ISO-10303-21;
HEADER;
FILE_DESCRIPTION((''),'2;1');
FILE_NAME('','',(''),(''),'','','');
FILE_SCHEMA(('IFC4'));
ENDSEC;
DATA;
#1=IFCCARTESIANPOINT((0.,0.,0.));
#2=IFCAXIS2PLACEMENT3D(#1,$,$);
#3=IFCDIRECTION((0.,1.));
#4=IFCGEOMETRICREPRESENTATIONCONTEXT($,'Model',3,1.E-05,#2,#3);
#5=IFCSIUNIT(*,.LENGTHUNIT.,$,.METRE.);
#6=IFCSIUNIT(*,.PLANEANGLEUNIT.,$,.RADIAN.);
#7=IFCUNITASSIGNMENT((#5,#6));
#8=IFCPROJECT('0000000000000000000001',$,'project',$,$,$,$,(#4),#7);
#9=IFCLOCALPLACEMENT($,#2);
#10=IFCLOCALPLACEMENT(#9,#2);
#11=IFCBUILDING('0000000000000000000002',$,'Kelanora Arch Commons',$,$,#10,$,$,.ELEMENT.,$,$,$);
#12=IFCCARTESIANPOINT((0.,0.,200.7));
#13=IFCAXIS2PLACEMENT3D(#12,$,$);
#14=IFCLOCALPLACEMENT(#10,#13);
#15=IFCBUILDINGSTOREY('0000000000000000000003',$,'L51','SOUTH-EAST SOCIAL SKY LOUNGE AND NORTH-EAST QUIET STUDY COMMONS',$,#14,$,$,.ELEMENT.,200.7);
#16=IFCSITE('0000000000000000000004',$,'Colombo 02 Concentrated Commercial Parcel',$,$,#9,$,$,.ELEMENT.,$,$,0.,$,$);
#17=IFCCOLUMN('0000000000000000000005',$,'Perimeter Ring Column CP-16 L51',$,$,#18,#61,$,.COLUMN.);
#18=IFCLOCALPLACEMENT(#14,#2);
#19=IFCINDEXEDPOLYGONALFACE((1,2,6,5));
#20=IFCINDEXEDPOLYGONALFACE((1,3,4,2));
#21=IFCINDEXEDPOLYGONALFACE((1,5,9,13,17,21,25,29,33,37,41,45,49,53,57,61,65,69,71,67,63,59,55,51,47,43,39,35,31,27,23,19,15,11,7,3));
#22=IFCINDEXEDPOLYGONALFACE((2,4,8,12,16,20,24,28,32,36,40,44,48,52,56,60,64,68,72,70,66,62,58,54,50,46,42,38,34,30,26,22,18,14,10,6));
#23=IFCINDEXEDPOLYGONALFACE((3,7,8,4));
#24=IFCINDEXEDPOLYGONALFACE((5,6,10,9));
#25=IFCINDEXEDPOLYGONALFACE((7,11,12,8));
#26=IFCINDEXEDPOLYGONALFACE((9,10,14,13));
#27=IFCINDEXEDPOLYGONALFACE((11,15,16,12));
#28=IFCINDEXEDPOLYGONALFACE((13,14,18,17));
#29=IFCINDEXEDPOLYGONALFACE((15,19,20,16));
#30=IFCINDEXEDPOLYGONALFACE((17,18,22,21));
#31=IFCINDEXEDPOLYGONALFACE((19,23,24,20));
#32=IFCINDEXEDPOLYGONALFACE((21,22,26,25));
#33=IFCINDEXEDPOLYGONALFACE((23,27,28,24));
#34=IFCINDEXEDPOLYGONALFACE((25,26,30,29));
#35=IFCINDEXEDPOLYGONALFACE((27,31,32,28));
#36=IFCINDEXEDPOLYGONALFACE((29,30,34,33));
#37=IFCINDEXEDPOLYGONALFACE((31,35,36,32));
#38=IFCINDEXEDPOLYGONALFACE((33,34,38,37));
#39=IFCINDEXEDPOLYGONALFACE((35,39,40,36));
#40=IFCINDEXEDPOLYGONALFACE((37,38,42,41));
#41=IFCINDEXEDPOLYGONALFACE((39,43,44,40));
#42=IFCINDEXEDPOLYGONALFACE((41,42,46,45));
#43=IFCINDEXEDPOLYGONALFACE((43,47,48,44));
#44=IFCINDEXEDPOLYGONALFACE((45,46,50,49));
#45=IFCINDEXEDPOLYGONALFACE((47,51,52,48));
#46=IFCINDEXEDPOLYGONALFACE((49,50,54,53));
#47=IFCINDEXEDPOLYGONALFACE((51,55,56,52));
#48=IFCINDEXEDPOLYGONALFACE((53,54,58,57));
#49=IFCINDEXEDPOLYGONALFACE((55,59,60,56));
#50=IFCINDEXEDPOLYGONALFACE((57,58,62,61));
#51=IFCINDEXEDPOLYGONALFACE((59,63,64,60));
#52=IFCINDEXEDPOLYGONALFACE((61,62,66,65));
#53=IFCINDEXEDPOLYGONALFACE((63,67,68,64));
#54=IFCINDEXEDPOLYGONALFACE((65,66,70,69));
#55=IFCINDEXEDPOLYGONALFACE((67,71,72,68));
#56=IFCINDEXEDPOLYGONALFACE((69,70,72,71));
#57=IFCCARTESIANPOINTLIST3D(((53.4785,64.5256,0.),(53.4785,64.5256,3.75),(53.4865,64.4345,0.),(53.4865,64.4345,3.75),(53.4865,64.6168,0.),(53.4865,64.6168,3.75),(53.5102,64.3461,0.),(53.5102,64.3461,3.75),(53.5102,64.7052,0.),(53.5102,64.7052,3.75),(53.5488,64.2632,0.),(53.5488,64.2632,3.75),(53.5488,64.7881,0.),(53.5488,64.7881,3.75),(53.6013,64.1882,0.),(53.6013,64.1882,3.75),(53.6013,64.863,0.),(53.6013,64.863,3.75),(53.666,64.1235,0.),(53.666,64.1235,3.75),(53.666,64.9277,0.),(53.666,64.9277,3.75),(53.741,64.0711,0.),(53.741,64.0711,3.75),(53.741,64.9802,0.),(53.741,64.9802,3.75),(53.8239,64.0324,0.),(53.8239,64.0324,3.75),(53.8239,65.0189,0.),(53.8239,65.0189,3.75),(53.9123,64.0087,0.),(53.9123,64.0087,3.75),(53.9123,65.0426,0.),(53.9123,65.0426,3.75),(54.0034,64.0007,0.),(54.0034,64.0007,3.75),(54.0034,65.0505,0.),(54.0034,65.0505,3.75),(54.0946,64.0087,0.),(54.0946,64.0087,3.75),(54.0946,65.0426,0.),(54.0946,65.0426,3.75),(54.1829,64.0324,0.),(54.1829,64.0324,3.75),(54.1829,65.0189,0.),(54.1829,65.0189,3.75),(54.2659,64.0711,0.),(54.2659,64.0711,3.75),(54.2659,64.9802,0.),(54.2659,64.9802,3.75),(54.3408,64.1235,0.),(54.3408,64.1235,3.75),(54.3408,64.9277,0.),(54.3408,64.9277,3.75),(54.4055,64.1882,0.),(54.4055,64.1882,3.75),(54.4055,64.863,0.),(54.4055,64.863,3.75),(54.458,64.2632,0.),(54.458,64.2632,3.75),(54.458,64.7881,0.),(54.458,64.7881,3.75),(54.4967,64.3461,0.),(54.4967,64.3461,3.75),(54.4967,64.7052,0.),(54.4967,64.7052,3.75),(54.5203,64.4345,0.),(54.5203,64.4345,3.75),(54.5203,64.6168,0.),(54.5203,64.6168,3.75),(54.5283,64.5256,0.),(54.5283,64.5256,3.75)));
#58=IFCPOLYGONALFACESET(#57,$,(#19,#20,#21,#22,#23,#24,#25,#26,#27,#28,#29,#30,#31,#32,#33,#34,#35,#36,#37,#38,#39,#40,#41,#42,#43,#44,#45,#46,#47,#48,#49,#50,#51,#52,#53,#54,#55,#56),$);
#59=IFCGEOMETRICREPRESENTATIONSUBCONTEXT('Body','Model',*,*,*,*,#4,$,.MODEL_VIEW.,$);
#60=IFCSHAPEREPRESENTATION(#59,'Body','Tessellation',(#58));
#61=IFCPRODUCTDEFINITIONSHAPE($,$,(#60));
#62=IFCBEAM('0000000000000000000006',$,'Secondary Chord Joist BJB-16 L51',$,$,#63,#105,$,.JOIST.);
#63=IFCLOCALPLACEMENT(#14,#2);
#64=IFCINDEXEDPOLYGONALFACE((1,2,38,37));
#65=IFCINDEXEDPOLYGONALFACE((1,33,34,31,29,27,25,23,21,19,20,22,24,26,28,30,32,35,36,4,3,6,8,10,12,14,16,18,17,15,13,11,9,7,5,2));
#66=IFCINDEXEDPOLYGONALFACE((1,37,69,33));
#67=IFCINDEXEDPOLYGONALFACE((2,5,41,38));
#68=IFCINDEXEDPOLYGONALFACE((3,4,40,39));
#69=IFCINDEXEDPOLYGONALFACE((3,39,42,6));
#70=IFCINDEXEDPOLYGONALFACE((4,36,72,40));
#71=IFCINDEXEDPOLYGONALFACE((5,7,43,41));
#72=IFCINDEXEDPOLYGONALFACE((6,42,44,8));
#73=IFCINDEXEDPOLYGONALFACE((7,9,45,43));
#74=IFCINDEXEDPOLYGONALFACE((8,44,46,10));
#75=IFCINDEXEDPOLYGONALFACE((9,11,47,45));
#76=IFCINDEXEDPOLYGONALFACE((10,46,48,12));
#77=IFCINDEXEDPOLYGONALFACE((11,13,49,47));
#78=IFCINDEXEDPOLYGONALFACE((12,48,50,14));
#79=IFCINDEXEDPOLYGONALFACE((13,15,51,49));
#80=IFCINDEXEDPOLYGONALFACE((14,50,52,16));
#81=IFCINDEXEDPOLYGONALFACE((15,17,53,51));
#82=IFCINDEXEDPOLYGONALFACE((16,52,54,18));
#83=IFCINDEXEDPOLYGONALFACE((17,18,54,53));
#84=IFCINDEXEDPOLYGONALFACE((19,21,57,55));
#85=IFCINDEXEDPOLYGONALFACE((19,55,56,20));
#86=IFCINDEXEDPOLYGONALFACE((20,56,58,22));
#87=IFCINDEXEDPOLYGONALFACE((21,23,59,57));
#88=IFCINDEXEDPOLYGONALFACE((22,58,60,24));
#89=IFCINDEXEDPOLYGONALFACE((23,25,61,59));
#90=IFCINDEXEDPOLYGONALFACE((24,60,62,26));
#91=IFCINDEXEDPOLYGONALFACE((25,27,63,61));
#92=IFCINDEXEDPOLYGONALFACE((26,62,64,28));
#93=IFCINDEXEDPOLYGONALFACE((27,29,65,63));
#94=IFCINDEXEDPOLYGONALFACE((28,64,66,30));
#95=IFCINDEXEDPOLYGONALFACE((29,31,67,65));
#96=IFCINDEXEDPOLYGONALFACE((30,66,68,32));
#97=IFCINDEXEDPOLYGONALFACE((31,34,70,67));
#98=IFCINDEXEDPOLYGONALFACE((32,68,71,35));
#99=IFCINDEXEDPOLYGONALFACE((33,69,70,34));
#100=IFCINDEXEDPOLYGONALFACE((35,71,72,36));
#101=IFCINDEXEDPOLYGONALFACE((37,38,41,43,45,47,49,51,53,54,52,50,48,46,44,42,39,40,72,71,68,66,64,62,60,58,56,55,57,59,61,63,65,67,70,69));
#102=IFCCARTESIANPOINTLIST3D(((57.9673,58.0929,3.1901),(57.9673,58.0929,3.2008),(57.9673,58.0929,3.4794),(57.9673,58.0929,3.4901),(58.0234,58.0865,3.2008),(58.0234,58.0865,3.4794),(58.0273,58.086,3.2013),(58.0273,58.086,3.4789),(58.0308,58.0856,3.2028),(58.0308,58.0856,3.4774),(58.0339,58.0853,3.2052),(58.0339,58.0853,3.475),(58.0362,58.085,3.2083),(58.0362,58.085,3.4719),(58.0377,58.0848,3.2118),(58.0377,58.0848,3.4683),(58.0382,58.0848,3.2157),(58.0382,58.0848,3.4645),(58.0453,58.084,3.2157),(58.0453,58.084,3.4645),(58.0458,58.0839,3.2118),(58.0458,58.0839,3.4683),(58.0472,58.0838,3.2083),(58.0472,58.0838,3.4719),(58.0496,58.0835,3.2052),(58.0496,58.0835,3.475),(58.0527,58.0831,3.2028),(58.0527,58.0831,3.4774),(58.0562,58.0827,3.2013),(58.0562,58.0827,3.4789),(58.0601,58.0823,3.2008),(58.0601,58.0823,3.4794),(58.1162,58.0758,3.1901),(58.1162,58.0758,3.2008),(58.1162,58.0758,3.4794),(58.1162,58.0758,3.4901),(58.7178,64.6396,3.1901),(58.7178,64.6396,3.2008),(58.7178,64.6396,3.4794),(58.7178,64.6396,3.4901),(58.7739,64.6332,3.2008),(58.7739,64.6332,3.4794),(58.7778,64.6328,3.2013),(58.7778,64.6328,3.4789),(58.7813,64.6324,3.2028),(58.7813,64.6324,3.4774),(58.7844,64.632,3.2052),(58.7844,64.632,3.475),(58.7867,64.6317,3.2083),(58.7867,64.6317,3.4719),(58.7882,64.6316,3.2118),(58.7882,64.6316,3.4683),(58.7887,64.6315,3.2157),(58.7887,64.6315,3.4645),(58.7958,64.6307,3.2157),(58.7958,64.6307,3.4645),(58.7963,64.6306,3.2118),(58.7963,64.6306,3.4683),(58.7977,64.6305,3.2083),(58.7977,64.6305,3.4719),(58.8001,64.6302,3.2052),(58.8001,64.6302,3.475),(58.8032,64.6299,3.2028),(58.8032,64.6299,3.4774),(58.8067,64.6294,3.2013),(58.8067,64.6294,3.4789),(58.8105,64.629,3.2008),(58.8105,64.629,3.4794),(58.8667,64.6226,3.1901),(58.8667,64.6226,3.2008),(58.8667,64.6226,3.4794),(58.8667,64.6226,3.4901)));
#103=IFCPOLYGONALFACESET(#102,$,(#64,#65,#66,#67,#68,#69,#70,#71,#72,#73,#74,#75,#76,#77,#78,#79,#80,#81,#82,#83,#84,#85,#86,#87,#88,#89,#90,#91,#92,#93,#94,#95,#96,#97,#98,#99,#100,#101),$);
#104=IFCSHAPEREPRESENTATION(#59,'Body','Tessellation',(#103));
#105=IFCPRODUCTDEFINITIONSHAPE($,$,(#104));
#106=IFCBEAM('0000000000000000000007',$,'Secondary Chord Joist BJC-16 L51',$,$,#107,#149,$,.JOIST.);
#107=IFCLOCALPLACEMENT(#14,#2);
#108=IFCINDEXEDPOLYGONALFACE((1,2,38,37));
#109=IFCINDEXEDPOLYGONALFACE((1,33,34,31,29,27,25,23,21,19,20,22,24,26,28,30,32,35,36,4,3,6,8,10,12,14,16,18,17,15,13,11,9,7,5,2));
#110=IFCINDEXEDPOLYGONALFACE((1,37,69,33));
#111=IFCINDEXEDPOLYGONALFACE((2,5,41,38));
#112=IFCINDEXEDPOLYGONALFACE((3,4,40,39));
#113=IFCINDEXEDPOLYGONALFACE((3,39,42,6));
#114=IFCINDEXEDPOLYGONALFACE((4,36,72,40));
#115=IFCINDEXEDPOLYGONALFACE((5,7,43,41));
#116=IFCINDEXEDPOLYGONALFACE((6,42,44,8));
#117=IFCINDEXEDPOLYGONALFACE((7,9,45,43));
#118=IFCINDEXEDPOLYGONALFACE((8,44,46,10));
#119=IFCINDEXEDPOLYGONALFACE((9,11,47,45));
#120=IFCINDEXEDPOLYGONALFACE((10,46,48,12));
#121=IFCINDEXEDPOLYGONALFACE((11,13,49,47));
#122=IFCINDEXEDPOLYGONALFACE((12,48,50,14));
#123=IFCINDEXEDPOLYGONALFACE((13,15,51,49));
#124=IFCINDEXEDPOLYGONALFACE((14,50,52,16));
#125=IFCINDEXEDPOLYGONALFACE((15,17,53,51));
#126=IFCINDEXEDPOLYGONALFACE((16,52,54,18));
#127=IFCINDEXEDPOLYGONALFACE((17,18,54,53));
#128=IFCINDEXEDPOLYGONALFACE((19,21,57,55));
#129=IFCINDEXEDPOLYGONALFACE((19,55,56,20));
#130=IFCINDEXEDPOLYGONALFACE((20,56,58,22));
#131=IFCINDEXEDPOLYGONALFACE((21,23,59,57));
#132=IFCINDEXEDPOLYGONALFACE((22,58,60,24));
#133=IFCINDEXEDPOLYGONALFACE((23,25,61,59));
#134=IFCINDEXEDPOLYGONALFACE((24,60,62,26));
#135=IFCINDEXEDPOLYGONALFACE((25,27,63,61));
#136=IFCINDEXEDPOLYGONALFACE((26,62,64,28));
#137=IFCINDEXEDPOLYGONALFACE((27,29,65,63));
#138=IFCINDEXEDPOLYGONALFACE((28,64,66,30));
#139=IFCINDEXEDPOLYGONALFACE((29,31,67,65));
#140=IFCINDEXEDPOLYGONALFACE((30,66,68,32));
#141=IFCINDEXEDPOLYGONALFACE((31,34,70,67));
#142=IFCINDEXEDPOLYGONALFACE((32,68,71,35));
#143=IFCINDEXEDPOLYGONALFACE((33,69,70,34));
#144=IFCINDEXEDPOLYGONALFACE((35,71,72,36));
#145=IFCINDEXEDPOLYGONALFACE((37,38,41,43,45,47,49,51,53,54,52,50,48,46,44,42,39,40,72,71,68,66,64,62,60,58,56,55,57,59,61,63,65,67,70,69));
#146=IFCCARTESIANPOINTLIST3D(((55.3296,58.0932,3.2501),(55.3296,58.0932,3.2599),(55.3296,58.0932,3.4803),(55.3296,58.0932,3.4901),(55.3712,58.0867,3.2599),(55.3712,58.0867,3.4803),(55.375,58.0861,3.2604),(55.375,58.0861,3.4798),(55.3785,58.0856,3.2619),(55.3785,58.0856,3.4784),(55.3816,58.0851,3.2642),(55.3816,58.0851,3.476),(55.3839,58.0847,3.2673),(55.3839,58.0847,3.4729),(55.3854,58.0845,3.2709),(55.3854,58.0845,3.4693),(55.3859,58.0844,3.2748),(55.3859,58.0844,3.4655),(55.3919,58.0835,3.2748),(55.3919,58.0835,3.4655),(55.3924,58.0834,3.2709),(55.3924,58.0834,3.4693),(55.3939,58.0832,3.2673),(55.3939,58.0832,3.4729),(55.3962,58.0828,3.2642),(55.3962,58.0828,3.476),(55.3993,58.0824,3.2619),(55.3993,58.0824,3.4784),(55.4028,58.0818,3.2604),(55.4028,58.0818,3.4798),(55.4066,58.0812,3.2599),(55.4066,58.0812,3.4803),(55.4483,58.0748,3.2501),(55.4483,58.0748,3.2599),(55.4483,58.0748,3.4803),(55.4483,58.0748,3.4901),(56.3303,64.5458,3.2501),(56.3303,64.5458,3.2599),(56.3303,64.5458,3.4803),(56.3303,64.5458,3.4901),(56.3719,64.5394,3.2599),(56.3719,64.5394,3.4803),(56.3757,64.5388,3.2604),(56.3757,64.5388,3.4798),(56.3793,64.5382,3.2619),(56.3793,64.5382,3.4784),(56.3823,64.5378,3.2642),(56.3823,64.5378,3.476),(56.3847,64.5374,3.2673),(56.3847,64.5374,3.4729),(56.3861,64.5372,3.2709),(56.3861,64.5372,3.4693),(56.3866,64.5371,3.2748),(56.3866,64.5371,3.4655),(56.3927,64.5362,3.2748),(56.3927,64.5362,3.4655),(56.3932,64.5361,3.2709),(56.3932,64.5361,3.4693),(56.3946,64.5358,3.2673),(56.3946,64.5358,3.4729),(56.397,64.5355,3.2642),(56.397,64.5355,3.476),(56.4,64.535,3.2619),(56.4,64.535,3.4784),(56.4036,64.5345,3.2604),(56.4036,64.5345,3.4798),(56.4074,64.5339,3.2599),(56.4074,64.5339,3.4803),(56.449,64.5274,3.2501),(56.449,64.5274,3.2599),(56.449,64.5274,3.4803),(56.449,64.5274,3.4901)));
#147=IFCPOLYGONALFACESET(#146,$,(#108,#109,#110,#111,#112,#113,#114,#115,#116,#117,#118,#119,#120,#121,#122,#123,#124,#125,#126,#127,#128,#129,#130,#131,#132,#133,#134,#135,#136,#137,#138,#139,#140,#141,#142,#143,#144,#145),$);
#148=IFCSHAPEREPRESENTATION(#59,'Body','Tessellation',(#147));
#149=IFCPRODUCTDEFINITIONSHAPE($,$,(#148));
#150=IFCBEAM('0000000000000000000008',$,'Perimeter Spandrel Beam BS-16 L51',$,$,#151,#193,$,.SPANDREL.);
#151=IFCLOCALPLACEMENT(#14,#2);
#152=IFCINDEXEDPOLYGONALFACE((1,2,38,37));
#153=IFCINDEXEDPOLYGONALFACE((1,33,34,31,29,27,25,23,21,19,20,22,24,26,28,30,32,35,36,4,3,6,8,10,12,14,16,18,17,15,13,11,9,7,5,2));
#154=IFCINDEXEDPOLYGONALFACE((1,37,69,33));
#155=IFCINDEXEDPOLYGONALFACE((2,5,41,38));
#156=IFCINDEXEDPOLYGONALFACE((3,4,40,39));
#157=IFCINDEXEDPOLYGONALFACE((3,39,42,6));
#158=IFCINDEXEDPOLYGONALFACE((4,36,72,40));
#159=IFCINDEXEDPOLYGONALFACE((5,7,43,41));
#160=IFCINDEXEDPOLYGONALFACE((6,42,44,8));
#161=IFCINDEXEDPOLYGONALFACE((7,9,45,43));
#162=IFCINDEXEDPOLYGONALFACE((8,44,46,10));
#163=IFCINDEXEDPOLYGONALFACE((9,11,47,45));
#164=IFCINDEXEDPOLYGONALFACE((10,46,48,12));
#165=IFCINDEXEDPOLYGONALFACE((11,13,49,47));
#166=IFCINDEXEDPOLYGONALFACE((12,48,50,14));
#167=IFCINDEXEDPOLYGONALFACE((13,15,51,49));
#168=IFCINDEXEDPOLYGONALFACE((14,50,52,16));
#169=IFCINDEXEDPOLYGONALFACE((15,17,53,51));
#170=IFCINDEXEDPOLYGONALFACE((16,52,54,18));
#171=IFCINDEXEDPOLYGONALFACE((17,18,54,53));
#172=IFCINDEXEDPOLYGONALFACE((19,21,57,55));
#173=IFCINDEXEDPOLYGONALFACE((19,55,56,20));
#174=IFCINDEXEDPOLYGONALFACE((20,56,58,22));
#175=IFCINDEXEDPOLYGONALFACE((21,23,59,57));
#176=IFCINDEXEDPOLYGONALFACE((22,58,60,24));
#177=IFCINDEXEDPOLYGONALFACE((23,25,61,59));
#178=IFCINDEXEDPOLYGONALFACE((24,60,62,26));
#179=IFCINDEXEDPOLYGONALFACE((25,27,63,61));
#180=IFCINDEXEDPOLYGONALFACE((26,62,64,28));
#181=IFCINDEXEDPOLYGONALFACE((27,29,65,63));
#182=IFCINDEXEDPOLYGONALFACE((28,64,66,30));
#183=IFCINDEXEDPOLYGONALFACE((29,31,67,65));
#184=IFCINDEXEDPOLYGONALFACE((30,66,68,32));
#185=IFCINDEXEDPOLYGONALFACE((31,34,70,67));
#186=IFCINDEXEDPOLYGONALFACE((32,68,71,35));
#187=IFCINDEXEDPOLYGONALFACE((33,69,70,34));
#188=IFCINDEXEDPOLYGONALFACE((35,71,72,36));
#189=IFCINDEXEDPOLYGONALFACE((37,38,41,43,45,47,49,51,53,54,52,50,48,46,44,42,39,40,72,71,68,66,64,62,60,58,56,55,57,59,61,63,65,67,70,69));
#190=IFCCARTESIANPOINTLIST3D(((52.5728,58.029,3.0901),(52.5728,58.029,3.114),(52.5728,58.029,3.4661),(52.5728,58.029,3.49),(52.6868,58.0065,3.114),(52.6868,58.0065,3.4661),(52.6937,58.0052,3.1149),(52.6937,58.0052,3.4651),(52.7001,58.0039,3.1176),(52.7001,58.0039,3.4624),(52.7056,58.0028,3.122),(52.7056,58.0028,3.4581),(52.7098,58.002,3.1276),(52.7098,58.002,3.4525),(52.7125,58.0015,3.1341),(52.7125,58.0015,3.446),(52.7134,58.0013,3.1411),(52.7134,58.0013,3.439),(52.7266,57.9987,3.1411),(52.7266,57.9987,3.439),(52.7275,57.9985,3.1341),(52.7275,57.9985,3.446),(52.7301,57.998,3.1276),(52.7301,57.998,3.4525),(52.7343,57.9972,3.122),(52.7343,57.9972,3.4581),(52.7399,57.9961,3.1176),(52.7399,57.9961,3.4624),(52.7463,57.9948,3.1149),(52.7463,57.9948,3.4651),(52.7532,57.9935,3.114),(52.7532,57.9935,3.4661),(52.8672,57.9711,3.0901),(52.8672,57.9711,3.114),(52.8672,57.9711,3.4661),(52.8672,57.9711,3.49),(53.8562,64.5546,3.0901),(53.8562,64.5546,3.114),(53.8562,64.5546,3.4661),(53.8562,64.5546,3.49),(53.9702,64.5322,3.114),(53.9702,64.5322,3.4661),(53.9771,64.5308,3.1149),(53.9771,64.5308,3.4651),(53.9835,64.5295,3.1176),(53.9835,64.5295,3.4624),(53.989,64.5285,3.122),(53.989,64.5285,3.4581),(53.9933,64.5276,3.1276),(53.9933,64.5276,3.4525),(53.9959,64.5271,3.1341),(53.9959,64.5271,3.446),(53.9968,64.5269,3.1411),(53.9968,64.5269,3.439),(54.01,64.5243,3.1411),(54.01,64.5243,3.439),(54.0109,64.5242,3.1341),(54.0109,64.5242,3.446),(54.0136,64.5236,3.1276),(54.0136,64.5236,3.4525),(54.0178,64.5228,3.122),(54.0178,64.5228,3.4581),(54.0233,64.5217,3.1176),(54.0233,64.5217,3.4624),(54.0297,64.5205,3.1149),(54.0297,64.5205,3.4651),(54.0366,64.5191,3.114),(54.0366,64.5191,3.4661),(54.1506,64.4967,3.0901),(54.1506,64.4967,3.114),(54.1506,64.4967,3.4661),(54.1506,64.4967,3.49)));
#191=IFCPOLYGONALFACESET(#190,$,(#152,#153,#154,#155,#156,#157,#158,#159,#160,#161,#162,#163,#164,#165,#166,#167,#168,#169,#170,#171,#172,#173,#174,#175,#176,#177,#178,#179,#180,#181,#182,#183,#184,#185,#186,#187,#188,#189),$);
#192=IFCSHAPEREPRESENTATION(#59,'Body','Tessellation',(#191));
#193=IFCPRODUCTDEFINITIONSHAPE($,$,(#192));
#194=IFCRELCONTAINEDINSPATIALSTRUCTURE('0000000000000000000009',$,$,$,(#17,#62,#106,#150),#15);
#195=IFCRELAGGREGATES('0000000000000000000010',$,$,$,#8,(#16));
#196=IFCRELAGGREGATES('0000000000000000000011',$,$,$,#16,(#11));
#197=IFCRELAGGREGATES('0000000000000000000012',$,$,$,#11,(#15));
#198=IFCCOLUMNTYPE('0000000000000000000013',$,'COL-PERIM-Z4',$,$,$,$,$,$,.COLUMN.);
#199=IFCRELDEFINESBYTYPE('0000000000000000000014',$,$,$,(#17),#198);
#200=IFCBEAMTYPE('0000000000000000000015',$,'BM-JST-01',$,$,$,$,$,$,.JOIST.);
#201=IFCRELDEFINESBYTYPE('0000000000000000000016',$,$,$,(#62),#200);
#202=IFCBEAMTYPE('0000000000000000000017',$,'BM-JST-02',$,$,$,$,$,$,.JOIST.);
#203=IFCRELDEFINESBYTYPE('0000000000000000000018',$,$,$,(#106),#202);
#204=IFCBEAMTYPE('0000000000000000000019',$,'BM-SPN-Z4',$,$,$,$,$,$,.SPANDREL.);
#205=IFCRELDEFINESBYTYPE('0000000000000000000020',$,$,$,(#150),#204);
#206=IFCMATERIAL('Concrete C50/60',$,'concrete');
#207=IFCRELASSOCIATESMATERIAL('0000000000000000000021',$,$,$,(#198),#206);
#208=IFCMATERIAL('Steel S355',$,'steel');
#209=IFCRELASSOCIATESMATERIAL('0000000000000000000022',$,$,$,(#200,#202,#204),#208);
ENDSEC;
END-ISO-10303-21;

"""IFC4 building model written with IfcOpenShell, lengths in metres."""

from ifc_helpers import new_model, si_unit, direction, frame, origin, origin_2d, place, context, subcontext, project, spatial, circle, i_section, extrude, material, material_profile, profile_set, type_object, element, save


model = new_model("IFC4")

# Units and contexts
model_context = context("Model", 3, precision=1e-05, world=origin(), true_north=direction((0.0, 1.0)))
body_context = subcontext(model_context, "Body", "Model", "MODEL_VIEW")
ifc_project = project(units=[si_unit("LENGTHUNIT", "METRE"), si_unit("PLANEANGLEUNIT", "RADIAN")], contexts=[model_context])

# Site, building, storey
site_placement = place(None, origin())
site = spatial("IfcSite", under=ifc_project, at=site_placement, Name="Colombo 02 Concentrated Commercial Parcel", CompositionType="ELEMENT", RefElevation=0.0)
building_placement = place(site_placement, origin())
building = spatial("IfcBuilding", under=site, at=building_placement, Name="Kelanora Arch Commons", CompositionType="ELEMENT")
storey_placement = place(building_placement, frame((0.0, 0.0, 200.7)))
storey = spatial("IfcBuildingStorey", under=building, at=storey_placement, Name="L51", Description="SOUTH-EAST SOCIAL SKY LOUNGE AND NORTH-EAST QUIET STUDY COMMONS", CompositionType="ELEMENT", Elevation=200.7)

# Column
ifc_material_1 = material(Name="Concrete C50/60", Category="concrete")
ifc_material_profile_1 = material_profile(ifc_material_1, circle(Radius=0.5249, at=origin_2d()), Name="RCC1050")
ifc_profile_set_1 = profile_set([ifc_material_profile_1], Name="Concrete C50/60")
column_type = type_object("IfcColumnType", Name="COL-PERIM-Z4", PredefinedType="COLUMN", material=ifc_profile_set_1)
column_placement = place(storey_placement, frame((54.0034, 64.5256, 0.0), z_axis=(0.0, 0.0, 1.0), x_axis=(1.0, 0.0, 0.0)))
element("IfcColumn", 1, at=column_placement, inside=storey, type_object=column_type, Name="Perimeter Ring Column CP-16 L51", PredefinedType="COLUMN", context=body_context, shape_type="SweptSolid", body=[
    extrude(circle(Radius=0.5249, at=origin_2d()), origin(), (0.0, 0.0, 1.0), 3.75),
])

# Beams
ifc_material_2 = material(Name="Steel S355", Category="steel")
ifc_material_profile_2 = material_profile(ifc_material_2, i_section(OverallWidth=0.1499, OverallDepth=0.3, WebThickness=0.0071, FlangeThickness=0.0107, FilletRadius=0.0149, at=origin_2d()), Name="IPE300")
ifc_profile_set_2 = profile_set([ifc_material_profile_2], Name="Steel S355")
beam_type_1 = type_object("IfcBeamType", Name="BM-JST-01", PredefinedType="JOIST", material=ifc_profile_set_2)
beam_1_placement = place(storey_placement, frame((58.7922, 64.6311, 3.3401), z_axis=(-0.113891, -0.993493, 0.0), x_axis=(0.993493, -0.113891, 0.0)))
element("IfcBeam", 2, at=beam_1_placement, inside=storey, type_object=beam_type_1, Name="Secondary Chord Joist BJB-16 L51", PredefinedType="JOIST", context=body_context, shape_type="SweptSolid", body=[
    extrude(i_section(OverallWidth=0.1499, OverallDepth=0.3, WebThickness=0.0071, FlangeThickness=0.0107, FilletRadius=0.0149, at=origin_2d()), origin(), (0.0, 0.0, 1.0), 6.5896),
])
ifc_material_profile_3 = material_profile(ifc_material_2, i_section(OverallWidth=0.1201, OverallDepth=0.24, WebThickness=0.0061, FlangeThickness=0.0098, FilletRadius=0.0149, at=origin_2d()), Name="IPE240")
ifc_profile_set_3 = profile_set([ifc_material_profile_3], Name="Steel S355")
beam_type_2 = type_object("IfcBeamType", Name="BM-JST-02", PredefinedType="JOIST", material=ifc_profile_set_3)
beam_2_placement = place(storey_placement, frame((56.3896, 64.5366, 3.3701), z_axis=(-0.153257, -0.988186, 0.0), x_axis=(0.988186, -0.153257, 0.0)))
element("IfcBeam", 3, at=beam_2_placement, inside=storey, type_object=beam_type_2, Name="Secondary Chord Joist BJC-16 L51", PredefinedType="JOIST", context=body_context, shape_type="SweptSolid", body=[
    extrude(i_section(OverallWidth=0.1201, OverallDepth=0.24, WebThickness=0.0061, FlangeThickness=0.0098, FilletRadius=0.0149, at=origin_2d()), origin(), (0.0, 0.0, 1.0), 6.5298),
])
ifc_material_profile_4 = material_profile(ifc_material_2, i_section(OverallWidth=0.3, OverallDepth=0.3999, WebThickness=0.0134, FlangeThickness=0.0239, FilletRadius=0.0271, at=origin_2d()), Name="HEB400")
ifc_profile_set_4 = profile_set([ifc_material_profile_4], Name="Steel S355")
beam_type_3 = type_object("IfcBeamType", Name="BM-SPN-Z4", PredefinedType="SPANDREL", material=ifc_profile_set_4)
beam_3_placement = place(storey_placement, frame((54.0034, 64.5256, 3.29), z_axis=(-0.192981, -0.981203, 0.0), x_axis=(0.981203, -0.192981, 0.0)))
element("IfcBeam", 4, at=beam_3_placement, inside=storey, type_object=beam_type_3, Name="Perimeter Spandrel Beam BS-16 L51", PredefinedType="SPANDREL", context=body_context, shape_type="SweptSolid", body=[
    extrude(i_section(OverallWidth=0.3, OverallDepth=0.3999, WebThickness=0.0134, FlangeThickness=0.0239, FilletRadius=0.0271, at=origin_2d()), origin(), (0.0, 0.0, 1.0), 6.6506),
])

save(model, "model.ifc")
